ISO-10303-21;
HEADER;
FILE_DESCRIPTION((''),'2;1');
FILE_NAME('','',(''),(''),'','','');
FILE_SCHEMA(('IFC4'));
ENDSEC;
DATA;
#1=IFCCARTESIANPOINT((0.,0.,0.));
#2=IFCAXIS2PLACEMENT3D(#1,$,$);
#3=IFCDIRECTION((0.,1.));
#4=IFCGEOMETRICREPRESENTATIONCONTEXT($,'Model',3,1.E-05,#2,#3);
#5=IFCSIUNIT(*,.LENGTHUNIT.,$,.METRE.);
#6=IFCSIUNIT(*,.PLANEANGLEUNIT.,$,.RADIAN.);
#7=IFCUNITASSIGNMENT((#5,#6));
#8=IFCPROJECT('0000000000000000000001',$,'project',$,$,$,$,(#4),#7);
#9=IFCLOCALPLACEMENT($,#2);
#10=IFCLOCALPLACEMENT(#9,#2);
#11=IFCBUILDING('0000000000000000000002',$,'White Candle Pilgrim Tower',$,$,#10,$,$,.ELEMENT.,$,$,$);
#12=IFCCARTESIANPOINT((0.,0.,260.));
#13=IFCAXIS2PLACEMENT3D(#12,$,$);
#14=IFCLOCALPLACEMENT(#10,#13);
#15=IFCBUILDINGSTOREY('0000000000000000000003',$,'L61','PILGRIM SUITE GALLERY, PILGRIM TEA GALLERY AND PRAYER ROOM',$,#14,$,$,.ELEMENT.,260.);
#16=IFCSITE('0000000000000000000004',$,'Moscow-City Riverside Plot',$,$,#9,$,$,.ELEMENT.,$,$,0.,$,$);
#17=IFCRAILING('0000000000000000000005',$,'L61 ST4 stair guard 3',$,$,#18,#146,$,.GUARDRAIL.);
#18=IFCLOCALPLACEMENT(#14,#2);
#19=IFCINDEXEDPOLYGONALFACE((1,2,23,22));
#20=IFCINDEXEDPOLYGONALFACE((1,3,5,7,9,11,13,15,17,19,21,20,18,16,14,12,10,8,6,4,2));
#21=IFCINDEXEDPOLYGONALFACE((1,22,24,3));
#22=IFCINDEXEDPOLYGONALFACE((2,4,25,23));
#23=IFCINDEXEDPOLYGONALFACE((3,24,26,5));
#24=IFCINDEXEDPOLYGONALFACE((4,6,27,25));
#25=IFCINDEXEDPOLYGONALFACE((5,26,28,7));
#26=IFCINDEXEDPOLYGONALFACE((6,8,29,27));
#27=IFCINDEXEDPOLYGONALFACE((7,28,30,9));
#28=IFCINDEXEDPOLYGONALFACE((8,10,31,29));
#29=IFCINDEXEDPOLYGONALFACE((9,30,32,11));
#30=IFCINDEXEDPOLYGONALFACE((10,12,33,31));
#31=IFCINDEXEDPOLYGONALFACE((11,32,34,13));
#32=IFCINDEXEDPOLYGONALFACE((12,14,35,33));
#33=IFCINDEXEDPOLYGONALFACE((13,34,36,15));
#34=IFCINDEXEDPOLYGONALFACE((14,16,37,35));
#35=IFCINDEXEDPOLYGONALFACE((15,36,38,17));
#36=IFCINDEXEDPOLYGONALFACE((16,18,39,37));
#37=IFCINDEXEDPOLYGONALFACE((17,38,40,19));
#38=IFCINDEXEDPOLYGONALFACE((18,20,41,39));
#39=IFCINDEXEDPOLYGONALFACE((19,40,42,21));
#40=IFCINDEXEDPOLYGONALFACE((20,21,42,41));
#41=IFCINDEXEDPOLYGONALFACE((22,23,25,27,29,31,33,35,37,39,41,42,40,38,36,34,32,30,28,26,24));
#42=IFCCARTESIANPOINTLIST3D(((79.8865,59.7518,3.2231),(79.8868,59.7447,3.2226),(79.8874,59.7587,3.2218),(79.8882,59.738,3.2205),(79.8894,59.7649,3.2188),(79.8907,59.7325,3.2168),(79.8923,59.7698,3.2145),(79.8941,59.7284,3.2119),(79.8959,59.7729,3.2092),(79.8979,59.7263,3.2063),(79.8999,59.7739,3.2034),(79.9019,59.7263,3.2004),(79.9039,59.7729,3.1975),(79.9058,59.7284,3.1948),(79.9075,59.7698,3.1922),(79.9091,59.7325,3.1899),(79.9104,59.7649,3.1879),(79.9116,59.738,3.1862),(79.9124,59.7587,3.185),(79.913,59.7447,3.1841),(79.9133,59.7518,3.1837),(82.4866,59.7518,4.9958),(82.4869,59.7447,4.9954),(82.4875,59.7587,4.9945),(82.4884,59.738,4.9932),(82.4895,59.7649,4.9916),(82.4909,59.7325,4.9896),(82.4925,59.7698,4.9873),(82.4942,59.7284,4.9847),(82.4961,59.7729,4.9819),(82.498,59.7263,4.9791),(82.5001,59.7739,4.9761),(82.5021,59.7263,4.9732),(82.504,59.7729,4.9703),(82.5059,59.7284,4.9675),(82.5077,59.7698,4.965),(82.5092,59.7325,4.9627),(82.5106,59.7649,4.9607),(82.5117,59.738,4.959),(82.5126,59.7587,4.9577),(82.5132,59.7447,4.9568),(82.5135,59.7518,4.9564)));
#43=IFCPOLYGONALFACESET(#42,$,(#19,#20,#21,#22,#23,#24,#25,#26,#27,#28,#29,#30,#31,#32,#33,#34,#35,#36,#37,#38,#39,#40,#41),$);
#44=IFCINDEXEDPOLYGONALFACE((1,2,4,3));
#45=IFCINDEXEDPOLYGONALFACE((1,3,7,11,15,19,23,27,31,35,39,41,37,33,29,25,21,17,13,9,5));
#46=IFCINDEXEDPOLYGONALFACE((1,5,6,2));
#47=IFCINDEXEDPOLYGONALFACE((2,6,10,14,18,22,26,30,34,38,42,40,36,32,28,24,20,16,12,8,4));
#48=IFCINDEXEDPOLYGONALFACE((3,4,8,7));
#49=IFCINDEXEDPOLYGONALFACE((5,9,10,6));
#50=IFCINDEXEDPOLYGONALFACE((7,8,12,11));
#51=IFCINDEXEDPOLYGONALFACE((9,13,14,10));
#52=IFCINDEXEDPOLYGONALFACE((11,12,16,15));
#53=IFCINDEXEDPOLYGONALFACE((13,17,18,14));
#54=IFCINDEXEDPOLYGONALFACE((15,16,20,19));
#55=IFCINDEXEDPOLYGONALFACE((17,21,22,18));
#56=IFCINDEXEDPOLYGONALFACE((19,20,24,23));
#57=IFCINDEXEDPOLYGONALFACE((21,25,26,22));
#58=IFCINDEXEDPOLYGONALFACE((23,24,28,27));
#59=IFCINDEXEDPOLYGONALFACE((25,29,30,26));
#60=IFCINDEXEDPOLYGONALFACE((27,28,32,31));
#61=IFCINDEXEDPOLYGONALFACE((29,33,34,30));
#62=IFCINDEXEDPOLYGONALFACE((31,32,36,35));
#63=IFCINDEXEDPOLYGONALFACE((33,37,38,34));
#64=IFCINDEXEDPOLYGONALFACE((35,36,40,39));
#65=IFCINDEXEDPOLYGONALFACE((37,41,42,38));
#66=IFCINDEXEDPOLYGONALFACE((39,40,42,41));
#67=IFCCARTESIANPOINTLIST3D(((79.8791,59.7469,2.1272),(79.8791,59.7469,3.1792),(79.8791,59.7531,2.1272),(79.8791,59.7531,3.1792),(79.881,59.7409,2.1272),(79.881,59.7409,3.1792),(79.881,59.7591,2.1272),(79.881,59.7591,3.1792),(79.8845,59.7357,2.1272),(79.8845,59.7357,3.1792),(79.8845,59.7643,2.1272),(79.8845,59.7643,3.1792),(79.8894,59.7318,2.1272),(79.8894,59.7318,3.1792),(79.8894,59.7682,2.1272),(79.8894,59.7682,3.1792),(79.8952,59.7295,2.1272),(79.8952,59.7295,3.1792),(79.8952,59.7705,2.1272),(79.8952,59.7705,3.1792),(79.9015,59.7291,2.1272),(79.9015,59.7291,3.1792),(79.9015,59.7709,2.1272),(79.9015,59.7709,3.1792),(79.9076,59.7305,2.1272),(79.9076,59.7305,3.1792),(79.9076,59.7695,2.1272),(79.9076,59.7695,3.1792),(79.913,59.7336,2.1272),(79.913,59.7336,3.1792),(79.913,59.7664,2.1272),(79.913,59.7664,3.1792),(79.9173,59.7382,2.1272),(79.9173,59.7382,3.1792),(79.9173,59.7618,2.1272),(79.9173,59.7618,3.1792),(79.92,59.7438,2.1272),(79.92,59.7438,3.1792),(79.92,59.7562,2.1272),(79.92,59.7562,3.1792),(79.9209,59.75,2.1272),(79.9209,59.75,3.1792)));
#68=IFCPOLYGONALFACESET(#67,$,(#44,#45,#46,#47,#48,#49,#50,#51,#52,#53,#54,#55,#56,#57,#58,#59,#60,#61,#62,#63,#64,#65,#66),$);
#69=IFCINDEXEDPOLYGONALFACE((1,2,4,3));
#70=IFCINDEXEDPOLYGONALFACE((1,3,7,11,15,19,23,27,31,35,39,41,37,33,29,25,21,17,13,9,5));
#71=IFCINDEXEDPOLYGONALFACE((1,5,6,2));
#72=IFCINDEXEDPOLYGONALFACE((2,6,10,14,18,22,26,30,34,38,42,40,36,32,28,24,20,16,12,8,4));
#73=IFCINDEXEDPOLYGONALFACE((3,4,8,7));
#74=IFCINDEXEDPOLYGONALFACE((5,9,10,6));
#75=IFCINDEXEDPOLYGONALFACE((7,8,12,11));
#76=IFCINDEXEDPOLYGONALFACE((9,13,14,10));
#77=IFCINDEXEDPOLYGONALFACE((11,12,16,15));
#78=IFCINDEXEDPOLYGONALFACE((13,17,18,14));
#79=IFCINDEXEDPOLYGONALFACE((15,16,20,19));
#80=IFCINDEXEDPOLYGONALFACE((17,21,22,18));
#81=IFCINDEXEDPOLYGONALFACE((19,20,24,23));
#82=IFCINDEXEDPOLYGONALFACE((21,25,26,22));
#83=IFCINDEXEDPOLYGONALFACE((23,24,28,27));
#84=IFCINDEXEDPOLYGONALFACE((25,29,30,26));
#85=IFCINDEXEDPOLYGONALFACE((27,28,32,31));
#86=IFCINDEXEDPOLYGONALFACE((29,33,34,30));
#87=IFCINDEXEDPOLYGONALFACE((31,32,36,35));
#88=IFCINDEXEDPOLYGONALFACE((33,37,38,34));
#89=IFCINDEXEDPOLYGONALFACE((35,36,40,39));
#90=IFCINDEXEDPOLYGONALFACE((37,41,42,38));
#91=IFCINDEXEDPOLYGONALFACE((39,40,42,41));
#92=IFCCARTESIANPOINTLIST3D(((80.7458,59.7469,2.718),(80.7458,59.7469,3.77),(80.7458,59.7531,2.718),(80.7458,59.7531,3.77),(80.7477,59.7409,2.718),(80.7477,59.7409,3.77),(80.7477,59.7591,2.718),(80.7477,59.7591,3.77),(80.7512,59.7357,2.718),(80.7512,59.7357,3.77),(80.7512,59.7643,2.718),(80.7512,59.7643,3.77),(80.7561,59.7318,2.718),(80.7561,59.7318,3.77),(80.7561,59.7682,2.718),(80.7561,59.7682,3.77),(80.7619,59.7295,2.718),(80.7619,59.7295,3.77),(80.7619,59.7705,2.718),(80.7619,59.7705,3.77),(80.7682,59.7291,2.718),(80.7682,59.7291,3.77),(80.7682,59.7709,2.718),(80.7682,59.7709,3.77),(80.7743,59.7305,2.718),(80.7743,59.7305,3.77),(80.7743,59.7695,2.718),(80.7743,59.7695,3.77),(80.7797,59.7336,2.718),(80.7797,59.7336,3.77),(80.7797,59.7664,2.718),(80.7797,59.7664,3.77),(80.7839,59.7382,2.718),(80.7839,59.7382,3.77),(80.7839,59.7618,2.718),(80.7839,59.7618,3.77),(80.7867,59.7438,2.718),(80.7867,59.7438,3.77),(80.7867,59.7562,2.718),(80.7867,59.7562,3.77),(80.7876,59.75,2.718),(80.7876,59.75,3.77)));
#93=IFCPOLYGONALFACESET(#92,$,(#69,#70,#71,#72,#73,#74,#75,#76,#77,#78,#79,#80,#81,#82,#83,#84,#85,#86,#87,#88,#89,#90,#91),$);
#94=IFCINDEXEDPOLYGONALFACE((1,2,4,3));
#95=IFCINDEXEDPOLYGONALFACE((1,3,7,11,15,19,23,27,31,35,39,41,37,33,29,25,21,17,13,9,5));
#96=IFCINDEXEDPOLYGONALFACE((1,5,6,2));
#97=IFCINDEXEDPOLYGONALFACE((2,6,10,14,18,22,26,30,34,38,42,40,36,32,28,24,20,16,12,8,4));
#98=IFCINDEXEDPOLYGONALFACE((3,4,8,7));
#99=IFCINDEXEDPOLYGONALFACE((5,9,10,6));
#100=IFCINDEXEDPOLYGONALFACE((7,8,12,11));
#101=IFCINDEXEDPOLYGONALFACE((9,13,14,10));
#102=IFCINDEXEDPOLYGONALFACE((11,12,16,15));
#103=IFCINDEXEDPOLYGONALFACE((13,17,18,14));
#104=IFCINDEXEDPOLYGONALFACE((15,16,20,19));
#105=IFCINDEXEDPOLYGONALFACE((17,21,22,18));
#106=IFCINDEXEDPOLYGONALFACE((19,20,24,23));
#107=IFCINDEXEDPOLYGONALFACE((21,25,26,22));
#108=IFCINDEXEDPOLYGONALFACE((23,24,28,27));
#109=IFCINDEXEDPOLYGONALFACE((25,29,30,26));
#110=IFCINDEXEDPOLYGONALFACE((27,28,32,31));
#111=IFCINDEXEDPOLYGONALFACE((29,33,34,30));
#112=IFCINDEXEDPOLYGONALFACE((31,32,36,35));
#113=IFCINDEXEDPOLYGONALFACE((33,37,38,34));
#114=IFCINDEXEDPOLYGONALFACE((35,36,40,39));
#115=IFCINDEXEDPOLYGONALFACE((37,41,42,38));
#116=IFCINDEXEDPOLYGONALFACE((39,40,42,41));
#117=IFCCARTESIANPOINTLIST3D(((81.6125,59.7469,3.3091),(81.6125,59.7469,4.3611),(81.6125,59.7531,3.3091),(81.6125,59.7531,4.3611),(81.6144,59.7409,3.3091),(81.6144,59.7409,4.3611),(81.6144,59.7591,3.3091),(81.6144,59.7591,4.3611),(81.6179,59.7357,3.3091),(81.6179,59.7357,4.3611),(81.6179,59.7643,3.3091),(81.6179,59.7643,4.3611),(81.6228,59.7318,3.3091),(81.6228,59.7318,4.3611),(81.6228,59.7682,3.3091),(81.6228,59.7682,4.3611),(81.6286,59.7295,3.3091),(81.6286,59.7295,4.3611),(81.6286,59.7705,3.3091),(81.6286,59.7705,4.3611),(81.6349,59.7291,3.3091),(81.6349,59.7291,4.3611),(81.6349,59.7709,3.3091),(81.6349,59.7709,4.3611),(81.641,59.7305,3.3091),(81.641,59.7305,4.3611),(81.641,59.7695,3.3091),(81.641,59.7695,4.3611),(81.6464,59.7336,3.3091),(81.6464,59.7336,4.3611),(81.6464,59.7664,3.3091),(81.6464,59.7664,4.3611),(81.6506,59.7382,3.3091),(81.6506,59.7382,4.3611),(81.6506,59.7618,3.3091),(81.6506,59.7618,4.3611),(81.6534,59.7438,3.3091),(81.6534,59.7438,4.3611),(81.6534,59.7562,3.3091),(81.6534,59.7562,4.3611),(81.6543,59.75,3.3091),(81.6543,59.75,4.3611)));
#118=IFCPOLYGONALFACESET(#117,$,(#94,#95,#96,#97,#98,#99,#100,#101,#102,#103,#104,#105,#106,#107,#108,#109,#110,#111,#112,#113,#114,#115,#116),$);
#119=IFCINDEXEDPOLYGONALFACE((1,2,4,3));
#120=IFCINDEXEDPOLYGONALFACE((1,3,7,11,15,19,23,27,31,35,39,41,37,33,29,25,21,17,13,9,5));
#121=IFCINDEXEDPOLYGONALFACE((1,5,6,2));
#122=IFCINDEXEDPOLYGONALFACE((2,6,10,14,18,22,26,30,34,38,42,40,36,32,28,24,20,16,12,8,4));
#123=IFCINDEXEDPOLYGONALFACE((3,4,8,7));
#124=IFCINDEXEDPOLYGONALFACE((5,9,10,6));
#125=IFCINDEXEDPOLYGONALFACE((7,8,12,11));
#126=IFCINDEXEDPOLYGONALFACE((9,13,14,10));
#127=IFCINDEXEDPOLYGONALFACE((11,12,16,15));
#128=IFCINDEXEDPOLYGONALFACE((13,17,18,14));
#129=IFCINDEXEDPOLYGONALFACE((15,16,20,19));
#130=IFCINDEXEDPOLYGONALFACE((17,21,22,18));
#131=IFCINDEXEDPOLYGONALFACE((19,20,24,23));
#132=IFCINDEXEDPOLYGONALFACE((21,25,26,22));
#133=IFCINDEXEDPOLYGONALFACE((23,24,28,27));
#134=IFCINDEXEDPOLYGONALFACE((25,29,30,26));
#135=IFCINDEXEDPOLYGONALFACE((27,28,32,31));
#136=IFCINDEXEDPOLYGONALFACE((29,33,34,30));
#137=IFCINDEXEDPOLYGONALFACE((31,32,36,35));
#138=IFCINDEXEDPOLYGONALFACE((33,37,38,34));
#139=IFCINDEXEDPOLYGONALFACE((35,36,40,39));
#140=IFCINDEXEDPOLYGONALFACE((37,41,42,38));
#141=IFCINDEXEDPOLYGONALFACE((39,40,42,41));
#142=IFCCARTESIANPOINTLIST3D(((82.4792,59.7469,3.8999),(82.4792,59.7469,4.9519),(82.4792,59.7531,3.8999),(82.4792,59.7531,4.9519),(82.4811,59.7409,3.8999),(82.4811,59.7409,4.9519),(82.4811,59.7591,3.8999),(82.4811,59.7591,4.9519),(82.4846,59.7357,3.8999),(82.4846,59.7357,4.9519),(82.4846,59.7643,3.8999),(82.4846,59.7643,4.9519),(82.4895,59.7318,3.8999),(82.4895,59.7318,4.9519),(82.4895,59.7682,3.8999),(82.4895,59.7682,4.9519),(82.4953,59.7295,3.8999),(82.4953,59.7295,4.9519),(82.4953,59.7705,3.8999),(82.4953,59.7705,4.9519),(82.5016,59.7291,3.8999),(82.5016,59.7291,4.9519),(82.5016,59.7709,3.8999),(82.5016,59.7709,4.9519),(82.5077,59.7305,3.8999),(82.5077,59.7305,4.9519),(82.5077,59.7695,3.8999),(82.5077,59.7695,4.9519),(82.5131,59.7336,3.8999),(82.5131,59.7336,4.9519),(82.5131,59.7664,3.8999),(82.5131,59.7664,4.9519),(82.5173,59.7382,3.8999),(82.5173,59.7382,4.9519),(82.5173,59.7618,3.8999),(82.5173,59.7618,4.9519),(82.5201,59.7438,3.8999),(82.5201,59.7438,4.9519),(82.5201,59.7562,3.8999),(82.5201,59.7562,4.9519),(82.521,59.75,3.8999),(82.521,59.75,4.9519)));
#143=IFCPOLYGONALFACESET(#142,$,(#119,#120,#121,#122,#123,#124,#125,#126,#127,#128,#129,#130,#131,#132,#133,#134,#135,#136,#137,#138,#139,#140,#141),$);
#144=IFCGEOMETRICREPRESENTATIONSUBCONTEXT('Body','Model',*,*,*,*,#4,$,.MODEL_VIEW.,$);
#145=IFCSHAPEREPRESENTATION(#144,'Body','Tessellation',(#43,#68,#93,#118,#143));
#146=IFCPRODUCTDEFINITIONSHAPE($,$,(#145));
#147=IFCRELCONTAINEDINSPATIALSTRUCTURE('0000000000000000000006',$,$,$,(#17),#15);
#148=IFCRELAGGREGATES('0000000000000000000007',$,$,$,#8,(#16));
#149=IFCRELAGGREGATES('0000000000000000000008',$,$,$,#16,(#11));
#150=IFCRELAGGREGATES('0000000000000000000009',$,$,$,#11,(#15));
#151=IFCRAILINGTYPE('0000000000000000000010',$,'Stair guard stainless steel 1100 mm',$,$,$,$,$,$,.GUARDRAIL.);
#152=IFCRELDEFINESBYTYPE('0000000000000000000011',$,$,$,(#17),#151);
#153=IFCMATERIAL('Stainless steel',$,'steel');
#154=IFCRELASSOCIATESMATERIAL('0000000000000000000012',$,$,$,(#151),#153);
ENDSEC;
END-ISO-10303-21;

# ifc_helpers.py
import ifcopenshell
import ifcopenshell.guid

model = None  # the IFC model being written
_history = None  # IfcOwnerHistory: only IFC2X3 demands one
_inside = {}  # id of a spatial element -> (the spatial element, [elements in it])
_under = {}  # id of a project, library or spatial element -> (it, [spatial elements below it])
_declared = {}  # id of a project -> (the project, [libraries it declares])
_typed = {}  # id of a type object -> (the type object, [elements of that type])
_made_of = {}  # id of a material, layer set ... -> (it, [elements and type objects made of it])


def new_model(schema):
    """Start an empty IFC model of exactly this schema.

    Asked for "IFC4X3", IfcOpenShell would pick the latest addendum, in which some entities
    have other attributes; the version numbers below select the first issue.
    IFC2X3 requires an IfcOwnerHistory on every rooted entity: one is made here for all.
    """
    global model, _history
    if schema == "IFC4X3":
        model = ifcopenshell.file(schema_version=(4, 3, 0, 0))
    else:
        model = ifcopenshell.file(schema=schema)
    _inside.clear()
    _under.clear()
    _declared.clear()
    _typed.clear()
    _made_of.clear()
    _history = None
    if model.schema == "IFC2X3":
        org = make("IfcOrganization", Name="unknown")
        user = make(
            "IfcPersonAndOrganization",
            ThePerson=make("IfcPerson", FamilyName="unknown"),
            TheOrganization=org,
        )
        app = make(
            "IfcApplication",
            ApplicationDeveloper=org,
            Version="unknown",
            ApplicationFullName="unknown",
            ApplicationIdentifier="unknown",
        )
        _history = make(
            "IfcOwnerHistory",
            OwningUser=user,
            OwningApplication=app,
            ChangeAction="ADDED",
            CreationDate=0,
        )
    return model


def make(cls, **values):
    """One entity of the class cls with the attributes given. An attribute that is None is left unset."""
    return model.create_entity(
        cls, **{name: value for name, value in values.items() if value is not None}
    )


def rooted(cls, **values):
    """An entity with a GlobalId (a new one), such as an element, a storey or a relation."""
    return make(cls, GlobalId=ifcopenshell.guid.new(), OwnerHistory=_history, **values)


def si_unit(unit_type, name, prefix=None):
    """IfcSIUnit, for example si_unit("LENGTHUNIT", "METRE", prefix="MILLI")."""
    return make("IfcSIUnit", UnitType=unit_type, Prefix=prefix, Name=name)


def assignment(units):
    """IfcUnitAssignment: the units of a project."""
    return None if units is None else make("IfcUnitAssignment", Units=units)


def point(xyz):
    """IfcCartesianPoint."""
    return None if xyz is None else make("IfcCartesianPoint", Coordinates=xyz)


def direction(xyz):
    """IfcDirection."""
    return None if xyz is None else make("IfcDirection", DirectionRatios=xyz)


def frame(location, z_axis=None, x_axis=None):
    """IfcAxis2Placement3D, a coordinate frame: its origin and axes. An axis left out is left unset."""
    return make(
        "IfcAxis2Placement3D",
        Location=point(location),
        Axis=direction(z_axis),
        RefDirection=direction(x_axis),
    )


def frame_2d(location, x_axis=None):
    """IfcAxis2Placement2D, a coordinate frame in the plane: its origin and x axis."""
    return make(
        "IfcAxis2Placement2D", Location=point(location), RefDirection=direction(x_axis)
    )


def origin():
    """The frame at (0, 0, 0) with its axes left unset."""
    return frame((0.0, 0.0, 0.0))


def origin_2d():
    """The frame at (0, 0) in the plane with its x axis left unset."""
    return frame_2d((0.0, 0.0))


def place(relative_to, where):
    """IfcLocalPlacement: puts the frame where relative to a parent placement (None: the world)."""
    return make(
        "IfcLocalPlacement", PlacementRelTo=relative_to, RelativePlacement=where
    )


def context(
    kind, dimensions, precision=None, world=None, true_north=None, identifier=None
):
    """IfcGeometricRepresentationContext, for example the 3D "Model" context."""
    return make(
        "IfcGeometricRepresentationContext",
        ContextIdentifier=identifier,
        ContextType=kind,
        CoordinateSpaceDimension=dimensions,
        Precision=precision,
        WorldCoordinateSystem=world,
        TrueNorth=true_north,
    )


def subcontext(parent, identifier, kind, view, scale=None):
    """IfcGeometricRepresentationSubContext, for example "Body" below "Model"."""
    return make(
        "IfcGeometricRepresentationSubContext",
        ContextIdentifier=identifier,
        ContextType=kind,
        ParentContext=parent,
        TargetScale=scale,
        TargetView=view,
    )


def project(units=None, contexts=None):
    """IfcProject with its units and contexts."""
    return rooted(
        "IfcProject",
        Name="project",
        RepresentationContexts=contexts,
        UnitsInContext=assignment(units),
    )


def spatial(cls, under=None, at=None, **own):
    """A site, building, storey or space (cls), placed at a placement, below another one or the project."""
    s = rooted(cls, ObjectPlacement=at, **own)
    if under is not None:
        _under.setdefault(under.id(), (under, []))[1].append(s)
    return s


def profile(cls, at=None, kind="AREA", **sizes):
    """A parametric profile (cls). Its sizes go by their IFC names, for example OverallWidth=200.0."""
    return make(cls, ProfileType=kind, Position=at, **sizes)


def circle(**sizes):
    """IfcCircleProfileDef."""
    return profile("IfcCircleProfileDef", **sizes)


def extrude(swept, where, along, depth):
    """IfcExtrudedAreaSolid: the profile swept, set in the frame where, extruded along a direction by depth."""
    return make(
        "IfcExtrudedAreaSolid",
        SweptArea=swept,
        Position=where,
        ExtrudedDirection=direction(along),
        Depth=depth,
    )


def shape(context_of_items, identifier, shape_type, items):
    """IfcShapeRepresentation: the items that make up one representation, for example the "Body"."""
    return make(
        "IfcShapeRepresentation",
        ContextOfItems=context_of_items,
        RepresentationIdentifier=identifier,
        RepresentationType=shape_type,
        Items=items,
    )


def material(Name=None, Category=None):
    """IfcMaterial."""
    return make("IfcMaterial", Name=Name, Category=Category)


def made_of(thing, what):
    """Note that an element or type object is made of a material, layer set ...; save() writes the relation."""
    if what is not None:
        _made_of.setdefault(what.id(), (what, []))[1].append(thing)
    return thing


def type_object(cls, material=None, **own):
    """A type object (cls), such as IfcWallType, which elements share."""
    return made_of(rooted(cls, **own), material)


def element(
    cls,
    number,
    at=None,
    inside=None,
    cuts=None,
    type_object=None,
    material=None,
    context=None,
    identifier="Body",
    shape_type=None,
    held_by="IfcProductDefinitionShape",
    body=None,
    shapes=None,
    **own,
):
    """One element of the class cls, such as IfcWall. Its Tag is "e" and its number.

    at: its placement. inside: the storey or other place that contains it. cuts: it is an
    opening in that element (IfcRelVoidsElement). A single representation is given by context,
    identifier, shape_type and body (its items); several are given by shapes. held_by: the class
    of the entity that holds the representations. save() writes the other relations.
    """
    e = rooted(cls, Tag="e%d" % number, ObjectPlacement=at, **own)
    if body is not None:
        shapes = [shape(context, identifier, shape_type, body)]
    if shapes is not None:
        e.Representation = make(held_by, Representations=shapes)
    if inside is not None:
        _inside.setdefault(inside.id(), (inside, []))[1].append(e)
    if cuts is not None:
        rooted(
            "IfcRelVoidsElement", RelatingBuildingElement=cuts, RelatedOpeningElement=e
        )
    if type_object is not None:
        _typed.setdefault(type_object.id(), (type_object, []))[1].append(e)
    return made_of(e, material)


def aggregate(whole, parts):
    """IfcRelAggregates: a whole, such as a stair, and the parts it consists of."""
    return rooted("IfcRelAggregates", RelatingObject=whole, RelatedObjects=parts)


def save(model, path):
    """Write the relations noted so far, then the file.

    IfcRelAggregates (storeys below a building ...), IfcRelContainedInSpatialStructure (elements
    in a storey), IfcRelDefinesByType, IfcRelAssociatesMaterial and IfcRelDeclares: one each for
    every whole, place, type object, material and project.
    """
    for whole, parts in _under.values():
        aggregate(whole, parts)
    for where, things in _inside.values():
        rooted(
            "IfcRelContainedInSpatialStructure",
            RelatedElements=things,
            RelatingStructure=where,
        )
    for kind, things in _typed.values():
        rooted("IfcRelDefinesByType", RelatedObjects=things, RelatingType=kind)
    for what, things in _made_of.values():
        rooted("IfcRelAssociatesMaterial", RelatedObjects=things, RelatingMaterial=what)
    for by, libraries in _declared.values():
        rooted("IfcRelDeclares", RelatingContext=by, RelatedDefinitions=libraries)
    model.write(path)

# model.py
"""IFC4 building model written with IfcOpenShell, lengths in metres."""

from ifc_helpers import new_model, si_unit, direction, frame, origin, origin_2d, place, context, subcontext, project, spatial, circle, extrude, material, type_object, element, save


model = new_model("IFC4")

# Units and contexts
model_context = context("Model", 3, precision=1e-05, world=origin(), true_north=direction((0.0, 1.0)))
body_context = subcontext(model_context, "Body", "Model", "MODEL_VIEW")
ifc_project = project(units=[si_unit("LENGTHUNIT", "METRE"), si_unit("PLANEANGLEUNIT", "RADIAN")], contexts=[model_context])

# Site, building, storey
site_placement = place(None, origin())
site = spatial("IfcSite", under=ifc_project, at=site_placement, Name="Moscow-City Riverside Plot", CompositionType="ELEMENT", RefElevation=0.0)
building_placement = place(site_placement, origin())
building = spatial("IfcBuilding", under=site, at=building_placement, Name="White Candle Pilgrim Tower", CompositionType="ELEMENT")
storey_placement = place(building_placement, frame((0.0, 0.0, 260.0)))
storey = spatial("IfcBuildingStorey", under=building, at=storey_placement, Name="L61", Description="PILGRIM SUITE GALLERY, PILGRIM TEA GALLERY AND PRAYER ROOM", CompositionType="ELEMENT", Elevation=260.0)

# Railing
ifc_material_1 = material(Name="Stainless steel", Category="steel")
railing_type_1 = type_object("IfcRailingType", Name="Stair guard stainless steel 1100 mm", PredefinedType="GUARDRAIL", material=ifc_material_1)
railing_1_placement = place(storey_placement, frame((79.8999, 59.75, 2.1272)))
element("IfcRailing", 1, at=railing_1_placement, inside=storey, type_object=railing_type_1, Name="L61 ST4 stair guard 3", PredefinedType="GUARDRAIL", context=body_context, shape_type="SweptSolid", body=[
    extrude(circle(Radius=0.0239, at=origin_2d()), frame((0.0, 0.0, 1.0762), z_axis=(0.82624, 0.0, 0.563318), x_axis=(0.0, 1.0, 0.0)), (0.0, 0.0, 1.0), 3.147),
    extrude(circle(Radius=0.021, at=origin_2d()), origin(), (0.0, 0.0, 1.0), 1.052),
    extrude(circle(Radius=0.021, at=origin_2d()), frame((0.8667, 0.0, 0.5908)), (0.0, 0.0, 1.0), 1.052),
    extrude(circle(Radius=0.021, at=origin_2d()), frame((1.7334, 0.0, 1.1819)), (0.0, 0.0, 1.0), 1.052),
    extrude(circle(Radius=0.021, at=origin_2d()), frame((2.6001, 0.0, 1.7727)), (0.0, 0.0, 1.0), 1.052),
])

save(model, "model.ifc")
